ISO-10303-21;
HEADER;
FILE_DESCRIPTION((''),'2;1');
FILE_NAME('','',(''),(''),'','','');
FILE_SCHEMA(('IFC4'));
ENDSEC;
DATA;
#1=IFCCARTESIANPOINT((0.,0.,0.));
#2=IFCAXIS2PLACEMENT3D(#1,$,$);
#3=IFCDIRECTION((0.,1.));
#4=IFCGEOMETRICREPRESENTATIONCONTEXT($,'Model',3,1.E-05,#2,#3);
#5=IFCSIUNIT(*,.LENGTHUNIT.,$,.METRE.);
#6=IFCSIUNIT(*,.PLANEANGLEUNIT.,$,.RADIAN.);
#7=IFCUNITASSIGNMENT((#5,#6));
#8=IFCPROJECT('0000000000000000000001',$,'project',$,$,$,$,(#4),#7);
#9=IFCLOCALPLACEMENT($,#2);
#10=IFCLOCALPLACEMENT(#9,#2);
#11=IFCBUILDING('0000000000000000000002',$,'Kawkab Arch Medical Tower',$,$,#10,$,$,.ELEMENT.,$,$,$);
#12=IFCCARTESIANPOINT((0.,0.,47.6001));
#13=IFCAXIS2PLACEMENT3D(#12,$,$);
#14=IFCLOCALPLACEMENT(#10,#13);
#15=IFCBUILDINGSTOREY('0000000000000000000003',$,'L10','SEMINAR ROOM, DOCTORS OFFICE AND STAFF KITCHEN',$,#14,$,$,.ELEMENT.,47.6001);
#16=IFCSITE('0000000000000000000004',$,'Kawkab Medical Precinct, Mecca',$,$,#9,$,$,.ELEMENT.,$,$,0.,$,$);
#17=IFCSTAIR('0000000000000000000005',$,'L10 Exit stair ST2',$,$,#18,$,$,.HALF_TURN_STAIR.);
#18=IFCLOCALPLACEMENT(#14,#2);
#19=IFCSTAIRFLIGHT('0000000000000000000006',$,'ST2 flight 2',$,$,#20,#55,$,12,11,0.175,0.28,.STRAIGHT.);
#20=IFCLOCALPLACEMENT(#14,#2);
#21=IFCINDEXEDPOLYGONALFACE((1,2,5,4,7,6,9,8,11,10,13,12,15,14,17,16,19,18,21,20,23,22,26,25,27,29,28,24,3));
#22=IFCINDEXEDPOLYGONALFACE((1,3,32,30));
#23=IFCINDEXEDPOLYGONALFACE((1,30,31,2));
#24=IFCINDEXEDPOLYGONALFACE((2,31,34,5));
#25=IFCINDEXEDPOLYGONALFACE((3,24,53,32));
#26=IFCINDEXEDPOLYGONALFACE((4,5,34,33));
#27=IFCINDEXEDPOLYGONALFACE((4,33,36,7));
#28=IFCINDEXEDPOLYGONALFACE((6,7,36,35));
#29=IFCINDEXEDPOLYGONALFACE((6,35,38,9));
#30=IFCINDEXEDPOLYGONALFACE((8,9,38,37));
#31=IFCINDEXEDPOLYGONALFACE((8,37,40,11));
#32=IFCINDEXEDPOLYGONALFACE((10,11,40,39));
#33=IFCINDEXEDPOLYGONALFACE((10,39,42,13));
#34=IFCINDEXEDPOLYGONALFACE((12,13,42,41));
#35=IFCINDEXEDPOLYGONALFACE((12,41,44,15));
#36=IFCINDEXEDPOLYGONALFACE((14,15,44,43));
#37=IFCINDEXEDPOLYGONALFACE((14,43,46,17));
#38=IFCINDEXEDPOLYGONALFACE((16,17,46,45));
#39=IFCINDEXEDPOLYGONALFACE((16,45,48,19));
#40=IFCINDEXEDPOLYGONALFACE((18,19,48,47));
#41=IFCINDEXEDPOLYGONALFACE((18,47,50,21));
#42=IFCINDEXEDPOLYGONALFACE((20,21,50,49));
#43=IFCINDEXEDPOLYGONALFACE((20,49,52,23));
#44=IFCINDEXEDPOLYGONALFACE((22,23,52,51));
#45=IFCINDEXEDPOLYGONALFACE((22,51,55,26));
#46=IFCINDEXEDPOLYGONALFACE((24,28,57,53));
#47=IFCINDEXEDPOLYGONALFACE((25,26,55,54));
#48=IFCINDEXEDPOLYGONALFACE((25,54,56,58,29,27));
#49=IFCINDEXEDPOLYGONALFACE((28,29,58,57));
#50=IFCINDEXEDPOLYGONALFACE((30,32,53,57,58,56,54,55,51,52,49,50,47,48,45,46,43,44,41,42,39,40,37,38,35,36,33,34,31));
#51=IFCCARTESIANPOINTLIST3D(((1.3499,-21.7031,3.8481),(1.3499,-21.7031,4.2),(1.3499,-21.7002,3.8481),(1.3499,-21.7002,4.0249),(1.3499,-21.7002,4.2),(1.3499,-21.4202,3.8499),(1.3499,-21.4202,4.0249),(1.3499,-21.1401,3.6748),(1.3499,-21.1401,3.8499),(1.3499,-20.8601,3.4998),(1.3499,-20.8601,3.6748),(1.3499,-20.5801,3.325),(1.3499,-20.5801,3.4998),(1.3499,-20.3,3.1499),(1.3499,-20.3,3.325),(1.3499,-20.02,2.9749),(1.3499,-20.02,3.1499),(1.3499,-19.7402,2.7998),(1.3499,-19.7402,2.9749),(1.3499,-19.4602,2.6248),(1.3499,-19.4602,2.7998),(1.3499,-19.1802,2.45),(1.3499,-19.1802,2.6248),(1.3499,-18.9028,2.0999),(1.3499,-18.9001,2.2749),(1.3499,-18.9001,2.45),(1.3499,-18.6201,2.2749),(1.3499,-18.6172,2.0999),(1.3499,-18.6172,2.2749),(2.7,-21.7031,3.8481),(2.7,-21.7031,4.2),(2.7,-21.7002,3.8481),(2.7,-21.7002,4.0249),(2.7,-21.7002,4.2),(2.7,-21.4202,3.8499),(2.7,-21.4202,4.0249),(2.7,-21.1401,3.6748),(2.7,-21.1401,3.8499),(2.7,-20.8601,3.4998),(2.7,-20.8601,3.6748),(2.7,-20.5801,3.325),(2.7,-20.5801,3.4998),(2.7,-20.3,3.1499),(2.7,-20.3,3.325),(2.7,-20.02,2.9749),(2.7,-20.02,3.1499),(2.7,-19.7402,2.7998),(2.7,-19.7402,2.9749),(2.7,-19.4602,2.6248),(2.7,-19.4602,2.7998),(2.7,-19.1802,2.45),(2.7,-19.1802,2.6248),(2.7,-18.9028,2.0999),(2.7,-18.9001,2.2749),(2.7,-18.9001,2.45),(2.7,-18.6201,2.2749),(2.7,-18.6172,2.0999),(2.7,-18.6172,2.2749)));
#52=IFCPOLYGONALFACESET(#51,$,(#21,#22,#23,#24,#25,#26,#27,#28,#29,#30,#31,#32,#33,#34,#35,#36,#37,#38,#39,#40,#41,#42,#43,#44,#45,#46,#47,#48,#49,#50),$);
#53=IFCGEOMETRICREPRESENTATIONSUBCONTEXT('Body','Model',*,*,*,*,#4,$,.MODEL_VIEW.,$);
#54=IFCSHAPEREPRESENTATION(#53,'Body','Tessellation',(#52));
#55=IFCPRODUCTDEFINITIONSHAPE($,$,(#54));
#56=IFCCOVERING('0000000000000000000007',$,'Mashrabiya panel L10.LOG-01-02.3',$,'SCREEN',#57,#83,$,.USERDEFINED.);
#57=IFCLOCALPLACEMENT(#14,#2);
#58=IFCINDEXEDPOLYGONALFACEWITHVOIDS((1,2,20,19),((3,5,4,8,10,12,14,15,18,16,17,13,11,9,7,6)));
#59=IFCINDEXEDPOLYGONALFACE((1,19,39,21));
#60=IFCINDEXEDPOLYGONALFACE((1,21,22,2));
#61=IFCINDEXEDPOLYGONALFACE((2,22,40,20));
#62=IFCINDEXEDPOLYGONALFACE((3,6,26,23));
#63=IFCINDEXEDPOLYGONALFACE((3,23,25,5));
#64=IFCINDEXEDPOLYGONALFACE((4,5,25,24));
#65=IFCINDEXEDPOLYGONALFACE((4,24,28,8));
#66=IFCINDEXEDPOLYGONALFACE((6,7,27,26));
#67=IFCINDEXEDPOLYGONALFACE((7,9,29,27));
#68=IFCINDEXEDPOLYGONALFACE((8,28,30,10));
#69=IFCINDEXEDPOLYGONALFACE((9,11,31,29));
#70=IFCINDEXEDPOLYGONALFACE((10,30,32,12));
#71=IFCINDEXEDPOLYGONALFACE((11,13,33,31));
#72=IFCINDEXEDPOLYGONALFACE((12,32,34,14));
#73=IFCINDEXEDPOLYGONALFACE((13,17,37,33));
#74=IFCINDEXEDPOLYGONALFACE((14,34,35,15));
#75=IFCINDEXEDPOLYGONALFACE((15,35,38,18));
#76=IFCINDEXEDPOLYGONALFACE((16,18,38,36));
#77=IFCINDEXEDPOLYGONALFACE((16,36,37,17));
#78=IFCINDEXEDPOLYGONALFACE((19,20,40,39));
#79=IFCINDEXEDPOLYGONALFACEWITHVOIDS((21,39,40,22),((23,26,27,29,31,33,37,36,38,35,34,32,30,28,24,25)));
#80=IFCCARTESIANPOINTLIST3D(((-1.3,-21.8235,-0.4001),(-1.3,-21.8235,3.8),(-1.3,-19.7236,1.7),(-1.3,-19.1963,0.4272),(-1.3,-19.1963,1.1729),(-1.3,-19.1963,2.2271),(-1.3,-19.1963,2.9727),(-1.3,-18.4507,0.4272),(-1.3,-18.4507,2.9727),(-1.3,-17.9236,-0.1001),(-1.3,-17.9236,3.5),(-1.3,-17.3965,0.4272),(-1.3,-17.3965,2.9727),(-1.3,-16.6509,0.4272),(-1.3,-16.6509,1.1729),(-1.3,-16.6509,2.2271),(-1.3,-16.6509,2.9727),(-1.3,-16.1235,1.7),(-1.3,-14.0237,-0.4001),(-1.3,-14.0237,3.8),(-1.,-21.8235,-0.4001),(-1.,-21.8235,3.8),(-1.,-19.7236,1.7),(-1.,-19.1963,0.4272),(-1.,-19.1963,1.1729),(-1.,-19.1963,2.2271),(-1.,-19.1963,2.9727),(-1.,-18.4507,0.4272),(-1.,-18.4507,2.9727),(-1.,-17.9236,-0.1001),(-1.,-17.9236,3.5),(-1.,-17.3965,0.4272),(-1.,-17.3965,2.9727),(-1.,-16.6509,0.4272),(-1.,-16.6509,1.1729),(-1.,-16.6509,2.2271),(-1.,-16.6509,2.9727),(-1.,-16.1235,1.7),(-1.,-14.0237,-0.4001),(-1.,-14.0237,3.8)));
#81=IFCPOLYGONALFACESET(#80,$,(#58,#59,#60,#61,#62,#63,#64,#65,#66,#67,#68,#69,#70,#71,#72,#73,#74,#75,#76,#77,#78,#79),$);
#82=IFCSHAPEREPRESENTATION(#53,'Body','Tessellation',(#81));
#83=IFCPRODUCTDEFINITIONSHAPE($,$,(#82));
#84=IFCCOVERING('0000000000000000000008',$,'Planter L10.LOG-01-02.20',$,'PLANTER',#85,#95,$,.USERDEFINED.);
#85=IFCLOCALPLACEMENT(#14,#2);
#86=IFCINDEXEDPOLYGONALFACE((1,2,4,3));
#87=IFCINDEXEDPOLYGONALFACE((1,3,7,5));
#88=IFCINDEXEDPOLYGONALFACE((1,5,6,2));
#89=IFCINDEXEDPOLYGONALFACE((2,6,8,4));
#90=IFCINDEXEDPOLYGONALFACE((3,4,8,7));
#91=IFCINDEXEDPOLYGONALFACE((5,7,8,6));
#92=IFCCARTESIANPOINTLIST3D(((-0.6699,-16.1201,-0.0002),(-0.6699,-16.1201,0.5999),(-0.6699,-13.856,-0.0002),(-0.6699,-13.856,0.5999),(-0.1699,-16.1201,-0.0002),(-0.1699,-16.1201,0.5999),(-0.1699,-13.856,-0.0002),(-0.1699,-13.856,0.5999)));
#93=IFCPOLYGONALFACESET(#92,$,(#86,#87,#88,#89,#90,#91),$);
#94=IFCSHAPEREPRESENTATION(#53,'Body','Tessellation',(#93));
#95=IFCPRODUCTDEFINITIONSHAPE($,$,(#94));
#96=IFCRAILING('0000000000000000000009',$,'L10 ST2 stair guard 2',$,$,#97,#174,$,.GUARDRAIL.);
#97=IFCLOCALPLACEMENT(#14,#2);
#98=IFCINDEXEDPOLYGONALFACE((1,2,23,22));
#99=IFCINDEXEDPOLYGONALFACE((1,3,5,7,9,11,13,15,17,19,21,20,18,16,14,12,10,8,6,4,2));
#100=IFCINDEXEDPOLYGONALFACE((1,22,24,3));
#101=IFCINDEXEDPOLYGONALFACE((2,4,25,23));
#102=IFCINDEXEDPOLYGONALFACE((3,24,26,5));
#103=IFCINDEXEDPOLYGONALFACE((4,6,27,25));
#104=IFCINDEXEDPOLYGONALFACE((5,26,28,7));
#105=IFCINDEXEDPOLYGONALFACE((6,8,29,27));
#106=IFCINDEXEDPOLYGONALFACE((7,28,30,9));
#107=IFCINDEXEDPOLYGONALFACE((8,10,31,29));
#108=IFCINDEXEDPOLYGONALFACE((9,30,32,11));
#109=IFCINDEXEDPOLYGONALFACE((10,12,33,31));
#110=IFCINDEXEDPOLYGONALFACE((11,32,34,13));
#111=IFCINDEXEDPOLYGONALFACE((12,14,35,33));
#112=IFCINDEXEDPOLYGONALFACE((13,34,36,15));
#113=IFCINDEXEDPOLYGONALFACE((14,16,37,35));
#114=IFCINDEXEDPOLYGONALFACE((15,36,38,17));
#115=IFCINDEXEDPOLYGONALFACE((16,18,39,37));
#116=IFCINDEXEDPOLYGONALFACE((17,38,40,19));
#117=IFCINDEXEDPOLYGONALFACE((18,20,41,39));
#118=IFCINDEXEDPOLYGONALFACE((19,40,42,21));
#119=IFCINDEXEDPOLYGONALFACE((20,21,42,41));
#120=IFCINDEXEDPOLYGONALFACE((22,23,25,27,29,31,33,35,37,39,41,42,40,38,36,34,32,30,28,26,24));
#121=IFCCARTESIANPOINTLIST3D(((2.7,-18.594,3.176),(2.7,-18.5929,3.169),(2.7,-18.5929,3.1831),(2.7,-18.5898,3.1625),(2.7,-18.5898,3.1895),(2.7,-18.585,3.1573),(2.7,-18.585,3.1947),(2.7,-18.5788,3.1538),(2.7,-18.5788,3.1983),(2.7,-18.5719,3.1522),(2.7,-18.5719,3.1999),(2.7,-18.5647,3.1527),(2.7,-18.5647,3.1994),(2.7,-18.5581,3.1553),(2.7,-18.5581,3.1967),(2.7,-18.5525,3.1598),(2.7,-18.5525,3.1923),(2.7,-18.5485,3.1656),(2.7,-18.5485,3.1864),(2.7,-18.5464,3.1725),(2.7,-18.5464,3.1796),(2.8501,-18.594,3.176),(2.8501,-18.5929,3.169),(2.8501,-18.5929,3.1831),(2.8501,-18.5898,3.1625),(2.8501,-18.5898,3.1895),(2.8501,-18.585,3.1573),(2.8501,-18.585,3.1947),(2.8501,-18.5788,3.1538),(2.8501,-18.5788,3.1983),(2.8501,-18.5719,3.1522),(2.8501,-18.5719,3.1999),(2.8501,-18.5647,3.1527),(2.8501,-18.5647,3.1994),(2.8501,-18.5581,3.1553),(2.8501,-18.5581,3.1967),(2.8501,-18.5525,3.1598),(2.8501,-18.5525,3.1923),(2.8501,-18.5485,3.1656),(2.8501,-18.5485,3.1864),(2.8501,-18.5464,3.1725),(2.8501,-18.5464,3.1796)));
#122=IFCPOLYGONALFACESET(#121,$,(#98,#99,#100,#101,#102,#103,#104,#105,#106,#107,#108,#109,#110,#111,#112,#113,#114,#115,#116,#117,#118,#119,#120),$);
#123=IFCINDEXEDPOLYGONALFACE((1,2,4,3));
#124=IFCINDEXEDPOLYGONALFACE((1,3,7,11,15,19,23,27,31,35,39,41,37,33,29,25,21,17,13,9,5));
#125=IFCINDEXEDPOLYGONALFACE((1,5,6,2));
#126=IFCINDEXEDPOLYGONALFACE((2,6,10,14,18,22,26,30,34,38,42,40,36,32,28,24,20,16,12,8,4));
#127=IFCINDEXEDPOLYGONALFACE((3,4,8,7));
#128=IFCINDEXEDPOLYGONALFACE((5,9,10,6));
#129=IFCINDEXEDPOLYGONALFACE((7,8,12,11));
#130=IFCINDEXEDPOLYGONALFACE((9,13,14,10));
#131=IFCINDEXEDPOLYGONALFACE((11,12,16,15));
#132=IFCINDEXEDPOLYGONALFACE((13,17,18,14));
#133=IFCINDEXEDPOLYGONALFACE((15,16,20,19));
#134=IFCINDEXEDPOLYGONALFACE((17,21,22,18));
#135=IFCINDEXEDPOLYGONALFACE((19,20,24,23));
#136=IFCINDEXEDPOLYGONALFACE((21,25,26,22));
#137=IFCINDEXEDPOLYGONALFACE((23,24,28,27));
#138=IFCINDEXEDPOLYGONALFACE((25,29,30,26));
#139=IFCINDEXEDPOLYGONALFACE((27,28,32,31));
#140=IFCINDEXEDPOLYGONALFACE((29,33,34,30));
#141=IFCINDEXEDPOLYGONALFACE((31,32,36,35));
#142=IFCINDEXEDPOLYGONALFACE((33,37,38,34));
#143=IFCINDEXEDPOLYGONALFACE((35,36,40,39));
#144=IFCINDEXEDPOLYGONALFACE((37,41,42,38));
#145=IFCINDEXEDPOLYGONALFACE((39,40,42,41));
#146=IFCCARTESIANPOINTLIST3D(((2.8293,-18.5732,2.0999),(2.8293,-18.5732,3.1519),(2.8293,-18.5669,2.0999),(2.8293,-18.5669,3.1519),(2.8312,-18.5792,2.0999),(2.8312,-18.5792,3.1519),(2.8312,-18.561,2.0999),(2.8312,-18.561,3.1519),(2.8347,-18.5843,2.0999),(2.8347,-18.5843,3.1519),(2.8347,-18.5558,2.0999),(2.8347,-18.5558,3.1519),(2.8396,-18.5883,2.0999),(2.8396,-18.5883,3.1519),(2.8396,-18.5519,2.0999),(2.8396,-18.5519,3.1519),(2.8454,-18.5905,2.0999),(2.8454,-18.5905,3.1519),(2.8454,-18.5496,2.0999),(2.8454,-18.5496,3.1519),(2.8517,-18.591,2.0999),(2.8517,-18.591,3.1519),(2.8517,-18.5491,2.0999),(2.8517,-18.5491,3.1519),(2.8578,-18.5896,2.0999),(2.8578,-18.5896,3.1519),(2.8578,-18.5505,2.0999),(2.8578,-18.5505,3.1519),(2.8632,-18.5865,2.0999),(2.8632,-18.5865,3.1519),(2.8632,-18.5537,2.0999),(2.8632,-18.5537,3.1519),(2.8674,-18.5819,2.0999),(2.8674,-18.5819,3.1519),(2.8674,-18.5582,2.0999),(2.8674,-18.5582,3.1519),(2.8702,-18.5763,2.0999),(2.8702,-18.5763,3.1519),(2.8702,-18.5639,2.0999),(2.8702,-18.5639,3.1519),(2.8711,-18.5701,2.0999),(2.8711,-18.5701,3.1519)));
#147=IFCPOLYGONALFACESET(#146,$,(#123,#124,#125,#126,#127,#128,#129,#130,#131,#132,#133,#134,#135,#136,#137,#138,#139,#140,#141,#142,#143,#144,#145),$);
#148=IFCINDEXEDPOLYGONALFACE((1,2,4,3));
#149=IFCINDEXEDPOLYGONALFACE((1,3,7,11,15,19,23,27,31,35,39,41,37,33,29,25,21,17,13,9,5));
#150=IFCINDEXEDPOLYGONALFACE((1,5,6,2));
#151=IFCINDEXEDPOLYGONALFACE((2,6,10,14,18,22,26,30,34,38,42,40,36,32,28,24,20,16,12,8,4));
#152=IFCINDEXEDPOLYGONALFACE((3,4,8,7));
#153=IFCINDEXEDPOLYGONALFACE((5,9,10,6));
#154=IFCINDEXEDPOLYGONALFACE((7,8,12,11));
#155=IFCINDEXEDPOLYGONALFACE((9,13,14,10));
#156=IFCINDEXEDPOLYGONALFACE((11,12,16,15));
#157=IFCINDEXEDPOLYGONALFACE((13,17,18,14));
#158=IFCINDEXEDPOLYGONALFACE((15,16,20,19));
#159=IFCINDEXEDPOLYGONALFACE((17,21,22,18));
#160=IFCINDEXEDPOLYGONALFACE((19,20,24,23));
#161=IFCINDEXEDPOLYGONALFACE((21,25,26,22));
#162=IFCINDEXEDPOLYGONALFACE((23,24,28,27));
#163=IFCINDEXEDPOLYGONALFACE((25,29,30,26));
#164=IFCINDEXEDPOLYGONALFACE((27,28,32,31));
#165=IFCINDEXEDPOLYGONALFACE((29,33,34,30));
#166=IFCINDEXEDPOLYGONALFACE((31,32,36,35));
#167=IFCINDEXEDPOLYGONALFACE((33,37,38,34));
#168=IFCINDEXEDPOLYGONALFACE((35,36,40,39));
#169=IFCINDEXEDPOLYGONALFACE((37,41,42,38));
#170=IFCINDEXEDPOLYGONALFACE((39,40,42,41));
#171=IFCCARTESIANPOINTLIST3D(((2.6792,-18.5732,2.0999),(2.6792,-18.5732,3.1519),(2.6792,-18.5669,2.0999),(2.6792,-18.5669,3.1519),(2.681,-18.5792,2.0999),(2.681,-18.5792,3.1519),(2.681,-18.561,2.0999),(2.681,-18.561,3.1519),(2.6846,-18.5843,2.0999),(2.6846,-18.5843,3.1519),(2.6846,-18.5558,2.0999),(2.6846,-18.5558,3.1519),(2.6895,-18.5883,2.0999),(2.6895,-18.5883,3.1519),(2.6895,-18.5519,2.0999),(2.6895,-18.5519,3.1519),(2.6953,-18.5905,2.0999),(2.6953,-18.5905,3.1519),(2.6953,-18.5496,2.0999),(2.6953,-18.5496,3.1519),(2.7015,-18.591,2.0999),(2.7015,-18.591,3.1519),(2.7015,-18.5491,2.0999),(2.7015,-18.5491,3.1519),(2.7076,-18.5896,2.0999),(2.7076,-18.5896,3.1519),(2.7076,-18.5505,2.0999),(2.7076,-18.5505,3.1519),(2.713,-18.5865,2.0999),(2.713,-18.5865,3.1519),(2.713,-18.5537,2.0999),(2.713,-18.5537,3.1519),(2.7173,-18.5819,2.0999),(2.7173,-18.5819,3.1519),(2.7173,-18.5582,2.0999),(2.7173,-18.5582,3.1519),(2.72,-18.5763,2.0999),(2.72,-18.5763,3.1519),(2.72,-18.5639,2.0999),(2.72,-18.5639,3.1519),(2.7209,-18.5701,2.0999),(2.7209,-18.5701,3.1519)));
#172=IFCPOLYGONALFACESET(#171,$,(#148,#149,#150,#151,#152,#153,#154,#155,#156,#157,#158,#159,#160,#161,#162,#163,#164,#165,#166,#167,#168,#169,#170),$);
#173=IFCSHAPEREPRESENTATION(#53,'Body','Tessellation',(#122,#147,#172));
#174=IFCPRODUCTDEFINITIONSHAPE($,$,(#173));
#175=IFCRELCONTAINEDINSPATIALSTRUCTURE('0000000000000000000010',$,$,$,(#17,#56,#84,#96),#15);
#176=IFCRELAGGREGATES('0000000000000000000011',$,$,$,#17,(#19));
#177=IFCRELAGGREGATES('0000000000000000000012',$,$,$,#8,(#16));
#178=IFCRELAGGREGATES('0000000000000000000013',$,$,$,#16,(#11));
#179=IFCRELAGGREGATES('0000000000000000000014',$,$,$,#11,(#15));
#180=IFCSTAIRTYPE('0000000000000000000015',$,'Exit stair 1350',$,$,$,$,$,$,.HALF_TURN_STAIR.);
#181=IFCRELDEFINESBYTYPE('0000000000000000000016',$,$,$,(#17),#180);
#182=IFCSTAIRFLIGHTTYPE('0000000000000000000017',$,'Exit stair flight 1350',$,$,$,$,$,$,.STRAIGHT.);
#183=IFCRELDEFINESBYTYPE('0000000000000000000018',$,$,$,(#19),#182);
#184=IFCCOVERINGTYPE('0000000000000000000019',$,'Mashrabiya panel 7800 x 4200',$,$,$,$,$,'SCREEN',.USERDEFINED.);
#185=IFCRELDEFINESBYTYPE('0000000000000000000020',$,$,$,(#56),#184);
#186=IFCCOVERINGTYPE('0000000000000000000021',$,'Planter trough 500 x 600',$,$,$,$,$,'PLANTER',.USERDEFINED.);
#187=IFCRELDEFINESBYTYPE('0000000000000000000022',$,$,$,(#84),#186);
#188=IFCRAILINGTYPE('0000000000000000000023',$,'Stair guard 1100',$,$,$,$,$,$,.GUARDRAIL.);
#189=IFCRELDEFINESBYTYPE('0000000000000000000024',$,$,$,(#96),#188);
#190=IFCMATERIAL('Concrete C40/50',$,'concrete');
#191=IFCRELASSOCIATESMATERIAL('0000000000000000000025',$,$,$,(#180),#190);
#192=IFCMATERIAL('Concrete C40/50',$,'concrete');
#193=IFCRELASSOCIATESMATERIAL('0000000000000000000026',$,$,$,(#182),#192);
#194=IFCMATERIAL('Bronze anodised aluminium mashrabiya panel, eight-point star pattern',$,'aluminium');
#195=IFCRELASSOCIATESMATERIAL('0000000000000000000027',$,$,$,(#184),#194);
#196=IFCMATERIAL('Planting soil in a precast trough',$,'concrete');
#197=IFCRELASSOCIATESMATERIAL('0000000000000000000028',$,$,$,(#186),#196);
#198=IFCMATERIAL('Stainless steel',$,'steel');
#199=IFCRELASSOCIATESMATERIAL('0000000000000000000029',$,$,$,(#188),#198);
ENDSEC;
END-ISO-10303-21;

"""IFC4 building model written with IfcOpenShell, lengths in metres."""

from ifc_helpers import new_model, si_unit, direction, frame, origin, origin_2d, place, context, subcontext, project, spatial, polyline, rectangle, circle, outline, extrude, material, material_profile, profile_set, type_object, element, aggregate, save


model = new_model("IFC4")

# Units and contexts
model_context = context("Model", 3, precision=1e-05, world=origin(), true_north=direction((0.0, 1.0)))
body_context = subcontext(model_context, "Body", "Model", "MODEL_VIEW")
ifc_project = project(units=[si_unit("LENGTHUNIT", "METRE"), si_unit("PLANEANGLEUNIT", "RADIAN")], contexts=[model_context])

# Site, building, storey
site_placement = place(None, origin())
site = spatial("IfcSite", under=ifc_project, at=site_placement, Name="Kawkab Medical Precinct, Mecca", CompositionType="ELEMENT", RefElevation=0.0)
building_placement = place(site_placement, origin())
building = spatial("IfcBuilding", under=site, at=building_placement, Name="Kawkab Arch Medical Tower", CompositionType="ELEMENT")
storey_placement = place(building_placement, frame((0.0, 0.0, 47.6001)))
storey = spatial("IfcBuildingStorey", under=building, at=storey_placement, Name="L10", Description="SEMINAR ROOM, DOCTORS OFFICE AND STAFF KITCHEN", CompositionType="ELEMENT", Elevation=47.6001)

# Shared definitions
placement = place(storey_placement, origin())

# Stair, stair flight
ifc_material_1 = material(Name="Concrete C40/50", Category="concrete")
stair_type = type_object("IfcStairType", Name="Exit stair 1350", PredefinedType="HALF_TURN_STAIR", material=ifc_material_1)
stair = element("IfcStair", 1, at=placement, inside=storey, type_object=stair_type, Name="L10 Exit stair ST2", PredefinedType="HALF_TURN_STAIR")
ifc_material_2 = material(Name="Concrete C40/50", Category="concrete")
stair_flight_type = type_object("IfcStairFlightType", Name="Exit stair flight 1350", PredefinedType="STRAIGHT", material=ifc_material_2)
stair_flight_placement = place(storey_placement, frame((2.0249, -18.6201, 2.0999), z_axis=(0.0, 0.0, 1.0), x_axis=(0.0, -1.0, 0.0)))
stair_flight = element("IfcStairFlight", 2, at=stair_flight_placement, type_object=stair_flight_type, Name="ST2 flight 2", NumberOfRisers=12, NumberOfTreads=11, PredefinedType="STRAIGHT", RiserHeight=0.175, TreadLength=0.28, context=body_context, shape_type="SweptSolid", body=[
    extrude(outline(polyline([(-0.0029, 0.0), (-0.0029, 0.175), (0.0, 0.175), (0.28, 0.175), (0.28, 0.3501), (0.5601, 0.3501), (0.5601, 0.5249), (0.8401, 0.5249), (0.8401, 0.7), (1.1201, 0.7), (1.1201, 0.875), (1.3999, 0.875), (1.3999, 1.05), (1.6799, 1.05), (1.6799, 1.2251), (1.96, 1.2251), (1.96, 1.3999), (2.24, 1.3999), (2.24, 1.575), (2.52, 1.575), (2.52, 1.75), (2.8, 1.75), (2.8, 1.925), (3.0801, 1.925), (3.0801, 2.1001), (3.083, 2.1001), (3.083, 1.7483), (3.0801, 1.7483), (0.2827, 0.0), (-0.0029, 0.0)])), frame((0.0, 0.675, 0.0), z_axis=(0.0, -1.0, 0.0), x_axis=(1.0, 0.0, 0.0)), (0.0, 0.0, 1.0), 1.3501),
])
aggregate(stair, [stair_flight])

# Coverings
ifc_material_3 = material(Name="Bronze anodised aluminium mashrabiya panel, eight-point star pattern", Category="aluminium")
ifc_material_profile_1 = material_profile(ifc_material_3, outline(polyline([(-3.8999, -2.1001), (3.8999, -2.1001), (3.8999, 2.1001), (-3.8999, 2.1001), (-3.8999, -2.1001)]), holes=[polyline([(1.8, 0.0), (1.2727, 0.5271), (1.2727, 1.2727), (0.5271, 1.2727), (0.0, 1.8), (-0.5271, 1.2727), (-1.2727, 1.2727), (-1.2727, 0.5271), (-1.8, 0.0), (-1.2727, -0.5271), (-1.2727, -1.2727), (-0.5271, -1.2727), (0.0, -1.8), (0.5271, -1.2727), (1.2727, -1.2727), (1.2727, -0.5271), (1.8, 0.0)])]), Name="Mashrabiya panel 7800x4200")
ifc_profile_set_1 = profile_set([ifc_material_profile_1], Name="Bronze anodised aluminium mashrabiya panel, eight-point star pattern")
covering_type_1 = type_object("IfcCoveringType", Name="Mashrabiya panel 7800 x 4200", ElementType="SCREEN", PredefinedType="USERDEFINED", material=ifc_profile_set_1)
covering_1_placement = place(storey_placement, frame((-1.0, -17.9236, 1.7), z_axis=(-1.0, 0.0, 0.0), x_axis=(0.0, -1.0, 0.0)))
element("IfcCovering", 3, at=covering_1_placement, inside=storey, type_object=covering_type_1, Name="Mashrabiya panel L10.LOG-01-02.3", ObjectType="SCREEN", PredefinedType="USERDEFINED", context=body_context, shape_type="SweptSolid", body=[
    extrude(outline(polyline([(-3.8999, -2.1001), (3.8999, -2.1001), (3.8999, 2.1001), (-3.8999, 2.1001), (-3.8999, -2.1001)]), holes=[polyline([(1.8, 0.0), (1.2727, 0.5271), (1.2727, 1.2727), (0.5271, 1.2727), (0.0, 1.8), (-0.5271, 1.2727), (-1.2727, 1.2727), (-1.2727, 0.5271), (-1.8, 0.0), (-1.2727, -0.5271), (-1.2727, -1.2727), (-0.5271, -1.2727), (0.0, -1.8), (0.5271, -1.2727), (1.2727, -1.2727), (1.2727, -0.5271), (1.8, 0.0)])]), origin(), (0.0, 0.0, 1.0), 0.3),
])
ifc_material_4 = material(Name="Planting soil in a precast trough", Category="concrete")
ifc_material_profile_2 = material_profile(ifc_material_4, rectangle(XDim=0.5, YDim=0.6001, at=origin_2d()), Name="Trough 500x600")
ifc_profile_set_2 = profile_set([ifc_material_profile_2], Name="Planting soil in a precast trough")
covering_type_2 = type_object("IfcCoveringType", Name="Planter trough 500 x 600", ElementType="PLANTER", PredefinedType="USERDEFINED", material=ifc_profile_set_2)
covering_2_placement = place(storey_placement, frame((-0.4199, -16.1201, 0.2998), z_axis=(0.0, 1.0, 0.0), x_axis=(-1.0, 0.0, 0.0)))
element("IfcCovering", 4, at=covering_2_placement, inside=storey, type_object=covering_type_2, Name="Planter L10.LOG-01-02.20", ObjectType="PLANTER", PredefinedType="USERDEFINED", context=body_context, shape_type="SweptSolid", body=[
    extrude(rectangle(XDim=0.5, YDim=0.6001, at=origin_2d()), origin(), (0.0, 0.0, 1.0), 2.2642),
])

# Railing
ifc_material_5 = material(Name="Stainless steel", Category="steel")
railing_type = type_object("IfcRailingType", Name="Stair guard 1100", PredefinedType="GUARDRAIL", material=ifc_material_5)
railing_1_placement = place(storey_placement, frame((2.8501, -18.5701, 2.0999)))
element("IfcRailing", 5, at=railing_1_placement, inside=storey, type_object=railing_type, Name="L10 ST2 stair guard 2", PredefinedType="GUARDRAIL", context=body_context, shape_type="SweptSolid", body=[
    extrude(circle(Radius=0.0239, at=origin_2d()), frame((0.0, 0.0, 1.0762), z_axis=(-1.0, 0.0, 0.0), x_axis=(0.0, -1.0, 0.0)), (0.0, 0.0, 1.0), 0.1501),
    extrude(circle(Radius=0.021, at=origin_2d()), origin(), (0.0, 0.0, 1.0), 1.052),
    extrude(circle(Radius=0.021, at=origin_2d()), frame((-0.1501, 0.0, 0.0)), (0.0, 0.0, 1.0), 1.052),
])

save(model, "model.ifc")
